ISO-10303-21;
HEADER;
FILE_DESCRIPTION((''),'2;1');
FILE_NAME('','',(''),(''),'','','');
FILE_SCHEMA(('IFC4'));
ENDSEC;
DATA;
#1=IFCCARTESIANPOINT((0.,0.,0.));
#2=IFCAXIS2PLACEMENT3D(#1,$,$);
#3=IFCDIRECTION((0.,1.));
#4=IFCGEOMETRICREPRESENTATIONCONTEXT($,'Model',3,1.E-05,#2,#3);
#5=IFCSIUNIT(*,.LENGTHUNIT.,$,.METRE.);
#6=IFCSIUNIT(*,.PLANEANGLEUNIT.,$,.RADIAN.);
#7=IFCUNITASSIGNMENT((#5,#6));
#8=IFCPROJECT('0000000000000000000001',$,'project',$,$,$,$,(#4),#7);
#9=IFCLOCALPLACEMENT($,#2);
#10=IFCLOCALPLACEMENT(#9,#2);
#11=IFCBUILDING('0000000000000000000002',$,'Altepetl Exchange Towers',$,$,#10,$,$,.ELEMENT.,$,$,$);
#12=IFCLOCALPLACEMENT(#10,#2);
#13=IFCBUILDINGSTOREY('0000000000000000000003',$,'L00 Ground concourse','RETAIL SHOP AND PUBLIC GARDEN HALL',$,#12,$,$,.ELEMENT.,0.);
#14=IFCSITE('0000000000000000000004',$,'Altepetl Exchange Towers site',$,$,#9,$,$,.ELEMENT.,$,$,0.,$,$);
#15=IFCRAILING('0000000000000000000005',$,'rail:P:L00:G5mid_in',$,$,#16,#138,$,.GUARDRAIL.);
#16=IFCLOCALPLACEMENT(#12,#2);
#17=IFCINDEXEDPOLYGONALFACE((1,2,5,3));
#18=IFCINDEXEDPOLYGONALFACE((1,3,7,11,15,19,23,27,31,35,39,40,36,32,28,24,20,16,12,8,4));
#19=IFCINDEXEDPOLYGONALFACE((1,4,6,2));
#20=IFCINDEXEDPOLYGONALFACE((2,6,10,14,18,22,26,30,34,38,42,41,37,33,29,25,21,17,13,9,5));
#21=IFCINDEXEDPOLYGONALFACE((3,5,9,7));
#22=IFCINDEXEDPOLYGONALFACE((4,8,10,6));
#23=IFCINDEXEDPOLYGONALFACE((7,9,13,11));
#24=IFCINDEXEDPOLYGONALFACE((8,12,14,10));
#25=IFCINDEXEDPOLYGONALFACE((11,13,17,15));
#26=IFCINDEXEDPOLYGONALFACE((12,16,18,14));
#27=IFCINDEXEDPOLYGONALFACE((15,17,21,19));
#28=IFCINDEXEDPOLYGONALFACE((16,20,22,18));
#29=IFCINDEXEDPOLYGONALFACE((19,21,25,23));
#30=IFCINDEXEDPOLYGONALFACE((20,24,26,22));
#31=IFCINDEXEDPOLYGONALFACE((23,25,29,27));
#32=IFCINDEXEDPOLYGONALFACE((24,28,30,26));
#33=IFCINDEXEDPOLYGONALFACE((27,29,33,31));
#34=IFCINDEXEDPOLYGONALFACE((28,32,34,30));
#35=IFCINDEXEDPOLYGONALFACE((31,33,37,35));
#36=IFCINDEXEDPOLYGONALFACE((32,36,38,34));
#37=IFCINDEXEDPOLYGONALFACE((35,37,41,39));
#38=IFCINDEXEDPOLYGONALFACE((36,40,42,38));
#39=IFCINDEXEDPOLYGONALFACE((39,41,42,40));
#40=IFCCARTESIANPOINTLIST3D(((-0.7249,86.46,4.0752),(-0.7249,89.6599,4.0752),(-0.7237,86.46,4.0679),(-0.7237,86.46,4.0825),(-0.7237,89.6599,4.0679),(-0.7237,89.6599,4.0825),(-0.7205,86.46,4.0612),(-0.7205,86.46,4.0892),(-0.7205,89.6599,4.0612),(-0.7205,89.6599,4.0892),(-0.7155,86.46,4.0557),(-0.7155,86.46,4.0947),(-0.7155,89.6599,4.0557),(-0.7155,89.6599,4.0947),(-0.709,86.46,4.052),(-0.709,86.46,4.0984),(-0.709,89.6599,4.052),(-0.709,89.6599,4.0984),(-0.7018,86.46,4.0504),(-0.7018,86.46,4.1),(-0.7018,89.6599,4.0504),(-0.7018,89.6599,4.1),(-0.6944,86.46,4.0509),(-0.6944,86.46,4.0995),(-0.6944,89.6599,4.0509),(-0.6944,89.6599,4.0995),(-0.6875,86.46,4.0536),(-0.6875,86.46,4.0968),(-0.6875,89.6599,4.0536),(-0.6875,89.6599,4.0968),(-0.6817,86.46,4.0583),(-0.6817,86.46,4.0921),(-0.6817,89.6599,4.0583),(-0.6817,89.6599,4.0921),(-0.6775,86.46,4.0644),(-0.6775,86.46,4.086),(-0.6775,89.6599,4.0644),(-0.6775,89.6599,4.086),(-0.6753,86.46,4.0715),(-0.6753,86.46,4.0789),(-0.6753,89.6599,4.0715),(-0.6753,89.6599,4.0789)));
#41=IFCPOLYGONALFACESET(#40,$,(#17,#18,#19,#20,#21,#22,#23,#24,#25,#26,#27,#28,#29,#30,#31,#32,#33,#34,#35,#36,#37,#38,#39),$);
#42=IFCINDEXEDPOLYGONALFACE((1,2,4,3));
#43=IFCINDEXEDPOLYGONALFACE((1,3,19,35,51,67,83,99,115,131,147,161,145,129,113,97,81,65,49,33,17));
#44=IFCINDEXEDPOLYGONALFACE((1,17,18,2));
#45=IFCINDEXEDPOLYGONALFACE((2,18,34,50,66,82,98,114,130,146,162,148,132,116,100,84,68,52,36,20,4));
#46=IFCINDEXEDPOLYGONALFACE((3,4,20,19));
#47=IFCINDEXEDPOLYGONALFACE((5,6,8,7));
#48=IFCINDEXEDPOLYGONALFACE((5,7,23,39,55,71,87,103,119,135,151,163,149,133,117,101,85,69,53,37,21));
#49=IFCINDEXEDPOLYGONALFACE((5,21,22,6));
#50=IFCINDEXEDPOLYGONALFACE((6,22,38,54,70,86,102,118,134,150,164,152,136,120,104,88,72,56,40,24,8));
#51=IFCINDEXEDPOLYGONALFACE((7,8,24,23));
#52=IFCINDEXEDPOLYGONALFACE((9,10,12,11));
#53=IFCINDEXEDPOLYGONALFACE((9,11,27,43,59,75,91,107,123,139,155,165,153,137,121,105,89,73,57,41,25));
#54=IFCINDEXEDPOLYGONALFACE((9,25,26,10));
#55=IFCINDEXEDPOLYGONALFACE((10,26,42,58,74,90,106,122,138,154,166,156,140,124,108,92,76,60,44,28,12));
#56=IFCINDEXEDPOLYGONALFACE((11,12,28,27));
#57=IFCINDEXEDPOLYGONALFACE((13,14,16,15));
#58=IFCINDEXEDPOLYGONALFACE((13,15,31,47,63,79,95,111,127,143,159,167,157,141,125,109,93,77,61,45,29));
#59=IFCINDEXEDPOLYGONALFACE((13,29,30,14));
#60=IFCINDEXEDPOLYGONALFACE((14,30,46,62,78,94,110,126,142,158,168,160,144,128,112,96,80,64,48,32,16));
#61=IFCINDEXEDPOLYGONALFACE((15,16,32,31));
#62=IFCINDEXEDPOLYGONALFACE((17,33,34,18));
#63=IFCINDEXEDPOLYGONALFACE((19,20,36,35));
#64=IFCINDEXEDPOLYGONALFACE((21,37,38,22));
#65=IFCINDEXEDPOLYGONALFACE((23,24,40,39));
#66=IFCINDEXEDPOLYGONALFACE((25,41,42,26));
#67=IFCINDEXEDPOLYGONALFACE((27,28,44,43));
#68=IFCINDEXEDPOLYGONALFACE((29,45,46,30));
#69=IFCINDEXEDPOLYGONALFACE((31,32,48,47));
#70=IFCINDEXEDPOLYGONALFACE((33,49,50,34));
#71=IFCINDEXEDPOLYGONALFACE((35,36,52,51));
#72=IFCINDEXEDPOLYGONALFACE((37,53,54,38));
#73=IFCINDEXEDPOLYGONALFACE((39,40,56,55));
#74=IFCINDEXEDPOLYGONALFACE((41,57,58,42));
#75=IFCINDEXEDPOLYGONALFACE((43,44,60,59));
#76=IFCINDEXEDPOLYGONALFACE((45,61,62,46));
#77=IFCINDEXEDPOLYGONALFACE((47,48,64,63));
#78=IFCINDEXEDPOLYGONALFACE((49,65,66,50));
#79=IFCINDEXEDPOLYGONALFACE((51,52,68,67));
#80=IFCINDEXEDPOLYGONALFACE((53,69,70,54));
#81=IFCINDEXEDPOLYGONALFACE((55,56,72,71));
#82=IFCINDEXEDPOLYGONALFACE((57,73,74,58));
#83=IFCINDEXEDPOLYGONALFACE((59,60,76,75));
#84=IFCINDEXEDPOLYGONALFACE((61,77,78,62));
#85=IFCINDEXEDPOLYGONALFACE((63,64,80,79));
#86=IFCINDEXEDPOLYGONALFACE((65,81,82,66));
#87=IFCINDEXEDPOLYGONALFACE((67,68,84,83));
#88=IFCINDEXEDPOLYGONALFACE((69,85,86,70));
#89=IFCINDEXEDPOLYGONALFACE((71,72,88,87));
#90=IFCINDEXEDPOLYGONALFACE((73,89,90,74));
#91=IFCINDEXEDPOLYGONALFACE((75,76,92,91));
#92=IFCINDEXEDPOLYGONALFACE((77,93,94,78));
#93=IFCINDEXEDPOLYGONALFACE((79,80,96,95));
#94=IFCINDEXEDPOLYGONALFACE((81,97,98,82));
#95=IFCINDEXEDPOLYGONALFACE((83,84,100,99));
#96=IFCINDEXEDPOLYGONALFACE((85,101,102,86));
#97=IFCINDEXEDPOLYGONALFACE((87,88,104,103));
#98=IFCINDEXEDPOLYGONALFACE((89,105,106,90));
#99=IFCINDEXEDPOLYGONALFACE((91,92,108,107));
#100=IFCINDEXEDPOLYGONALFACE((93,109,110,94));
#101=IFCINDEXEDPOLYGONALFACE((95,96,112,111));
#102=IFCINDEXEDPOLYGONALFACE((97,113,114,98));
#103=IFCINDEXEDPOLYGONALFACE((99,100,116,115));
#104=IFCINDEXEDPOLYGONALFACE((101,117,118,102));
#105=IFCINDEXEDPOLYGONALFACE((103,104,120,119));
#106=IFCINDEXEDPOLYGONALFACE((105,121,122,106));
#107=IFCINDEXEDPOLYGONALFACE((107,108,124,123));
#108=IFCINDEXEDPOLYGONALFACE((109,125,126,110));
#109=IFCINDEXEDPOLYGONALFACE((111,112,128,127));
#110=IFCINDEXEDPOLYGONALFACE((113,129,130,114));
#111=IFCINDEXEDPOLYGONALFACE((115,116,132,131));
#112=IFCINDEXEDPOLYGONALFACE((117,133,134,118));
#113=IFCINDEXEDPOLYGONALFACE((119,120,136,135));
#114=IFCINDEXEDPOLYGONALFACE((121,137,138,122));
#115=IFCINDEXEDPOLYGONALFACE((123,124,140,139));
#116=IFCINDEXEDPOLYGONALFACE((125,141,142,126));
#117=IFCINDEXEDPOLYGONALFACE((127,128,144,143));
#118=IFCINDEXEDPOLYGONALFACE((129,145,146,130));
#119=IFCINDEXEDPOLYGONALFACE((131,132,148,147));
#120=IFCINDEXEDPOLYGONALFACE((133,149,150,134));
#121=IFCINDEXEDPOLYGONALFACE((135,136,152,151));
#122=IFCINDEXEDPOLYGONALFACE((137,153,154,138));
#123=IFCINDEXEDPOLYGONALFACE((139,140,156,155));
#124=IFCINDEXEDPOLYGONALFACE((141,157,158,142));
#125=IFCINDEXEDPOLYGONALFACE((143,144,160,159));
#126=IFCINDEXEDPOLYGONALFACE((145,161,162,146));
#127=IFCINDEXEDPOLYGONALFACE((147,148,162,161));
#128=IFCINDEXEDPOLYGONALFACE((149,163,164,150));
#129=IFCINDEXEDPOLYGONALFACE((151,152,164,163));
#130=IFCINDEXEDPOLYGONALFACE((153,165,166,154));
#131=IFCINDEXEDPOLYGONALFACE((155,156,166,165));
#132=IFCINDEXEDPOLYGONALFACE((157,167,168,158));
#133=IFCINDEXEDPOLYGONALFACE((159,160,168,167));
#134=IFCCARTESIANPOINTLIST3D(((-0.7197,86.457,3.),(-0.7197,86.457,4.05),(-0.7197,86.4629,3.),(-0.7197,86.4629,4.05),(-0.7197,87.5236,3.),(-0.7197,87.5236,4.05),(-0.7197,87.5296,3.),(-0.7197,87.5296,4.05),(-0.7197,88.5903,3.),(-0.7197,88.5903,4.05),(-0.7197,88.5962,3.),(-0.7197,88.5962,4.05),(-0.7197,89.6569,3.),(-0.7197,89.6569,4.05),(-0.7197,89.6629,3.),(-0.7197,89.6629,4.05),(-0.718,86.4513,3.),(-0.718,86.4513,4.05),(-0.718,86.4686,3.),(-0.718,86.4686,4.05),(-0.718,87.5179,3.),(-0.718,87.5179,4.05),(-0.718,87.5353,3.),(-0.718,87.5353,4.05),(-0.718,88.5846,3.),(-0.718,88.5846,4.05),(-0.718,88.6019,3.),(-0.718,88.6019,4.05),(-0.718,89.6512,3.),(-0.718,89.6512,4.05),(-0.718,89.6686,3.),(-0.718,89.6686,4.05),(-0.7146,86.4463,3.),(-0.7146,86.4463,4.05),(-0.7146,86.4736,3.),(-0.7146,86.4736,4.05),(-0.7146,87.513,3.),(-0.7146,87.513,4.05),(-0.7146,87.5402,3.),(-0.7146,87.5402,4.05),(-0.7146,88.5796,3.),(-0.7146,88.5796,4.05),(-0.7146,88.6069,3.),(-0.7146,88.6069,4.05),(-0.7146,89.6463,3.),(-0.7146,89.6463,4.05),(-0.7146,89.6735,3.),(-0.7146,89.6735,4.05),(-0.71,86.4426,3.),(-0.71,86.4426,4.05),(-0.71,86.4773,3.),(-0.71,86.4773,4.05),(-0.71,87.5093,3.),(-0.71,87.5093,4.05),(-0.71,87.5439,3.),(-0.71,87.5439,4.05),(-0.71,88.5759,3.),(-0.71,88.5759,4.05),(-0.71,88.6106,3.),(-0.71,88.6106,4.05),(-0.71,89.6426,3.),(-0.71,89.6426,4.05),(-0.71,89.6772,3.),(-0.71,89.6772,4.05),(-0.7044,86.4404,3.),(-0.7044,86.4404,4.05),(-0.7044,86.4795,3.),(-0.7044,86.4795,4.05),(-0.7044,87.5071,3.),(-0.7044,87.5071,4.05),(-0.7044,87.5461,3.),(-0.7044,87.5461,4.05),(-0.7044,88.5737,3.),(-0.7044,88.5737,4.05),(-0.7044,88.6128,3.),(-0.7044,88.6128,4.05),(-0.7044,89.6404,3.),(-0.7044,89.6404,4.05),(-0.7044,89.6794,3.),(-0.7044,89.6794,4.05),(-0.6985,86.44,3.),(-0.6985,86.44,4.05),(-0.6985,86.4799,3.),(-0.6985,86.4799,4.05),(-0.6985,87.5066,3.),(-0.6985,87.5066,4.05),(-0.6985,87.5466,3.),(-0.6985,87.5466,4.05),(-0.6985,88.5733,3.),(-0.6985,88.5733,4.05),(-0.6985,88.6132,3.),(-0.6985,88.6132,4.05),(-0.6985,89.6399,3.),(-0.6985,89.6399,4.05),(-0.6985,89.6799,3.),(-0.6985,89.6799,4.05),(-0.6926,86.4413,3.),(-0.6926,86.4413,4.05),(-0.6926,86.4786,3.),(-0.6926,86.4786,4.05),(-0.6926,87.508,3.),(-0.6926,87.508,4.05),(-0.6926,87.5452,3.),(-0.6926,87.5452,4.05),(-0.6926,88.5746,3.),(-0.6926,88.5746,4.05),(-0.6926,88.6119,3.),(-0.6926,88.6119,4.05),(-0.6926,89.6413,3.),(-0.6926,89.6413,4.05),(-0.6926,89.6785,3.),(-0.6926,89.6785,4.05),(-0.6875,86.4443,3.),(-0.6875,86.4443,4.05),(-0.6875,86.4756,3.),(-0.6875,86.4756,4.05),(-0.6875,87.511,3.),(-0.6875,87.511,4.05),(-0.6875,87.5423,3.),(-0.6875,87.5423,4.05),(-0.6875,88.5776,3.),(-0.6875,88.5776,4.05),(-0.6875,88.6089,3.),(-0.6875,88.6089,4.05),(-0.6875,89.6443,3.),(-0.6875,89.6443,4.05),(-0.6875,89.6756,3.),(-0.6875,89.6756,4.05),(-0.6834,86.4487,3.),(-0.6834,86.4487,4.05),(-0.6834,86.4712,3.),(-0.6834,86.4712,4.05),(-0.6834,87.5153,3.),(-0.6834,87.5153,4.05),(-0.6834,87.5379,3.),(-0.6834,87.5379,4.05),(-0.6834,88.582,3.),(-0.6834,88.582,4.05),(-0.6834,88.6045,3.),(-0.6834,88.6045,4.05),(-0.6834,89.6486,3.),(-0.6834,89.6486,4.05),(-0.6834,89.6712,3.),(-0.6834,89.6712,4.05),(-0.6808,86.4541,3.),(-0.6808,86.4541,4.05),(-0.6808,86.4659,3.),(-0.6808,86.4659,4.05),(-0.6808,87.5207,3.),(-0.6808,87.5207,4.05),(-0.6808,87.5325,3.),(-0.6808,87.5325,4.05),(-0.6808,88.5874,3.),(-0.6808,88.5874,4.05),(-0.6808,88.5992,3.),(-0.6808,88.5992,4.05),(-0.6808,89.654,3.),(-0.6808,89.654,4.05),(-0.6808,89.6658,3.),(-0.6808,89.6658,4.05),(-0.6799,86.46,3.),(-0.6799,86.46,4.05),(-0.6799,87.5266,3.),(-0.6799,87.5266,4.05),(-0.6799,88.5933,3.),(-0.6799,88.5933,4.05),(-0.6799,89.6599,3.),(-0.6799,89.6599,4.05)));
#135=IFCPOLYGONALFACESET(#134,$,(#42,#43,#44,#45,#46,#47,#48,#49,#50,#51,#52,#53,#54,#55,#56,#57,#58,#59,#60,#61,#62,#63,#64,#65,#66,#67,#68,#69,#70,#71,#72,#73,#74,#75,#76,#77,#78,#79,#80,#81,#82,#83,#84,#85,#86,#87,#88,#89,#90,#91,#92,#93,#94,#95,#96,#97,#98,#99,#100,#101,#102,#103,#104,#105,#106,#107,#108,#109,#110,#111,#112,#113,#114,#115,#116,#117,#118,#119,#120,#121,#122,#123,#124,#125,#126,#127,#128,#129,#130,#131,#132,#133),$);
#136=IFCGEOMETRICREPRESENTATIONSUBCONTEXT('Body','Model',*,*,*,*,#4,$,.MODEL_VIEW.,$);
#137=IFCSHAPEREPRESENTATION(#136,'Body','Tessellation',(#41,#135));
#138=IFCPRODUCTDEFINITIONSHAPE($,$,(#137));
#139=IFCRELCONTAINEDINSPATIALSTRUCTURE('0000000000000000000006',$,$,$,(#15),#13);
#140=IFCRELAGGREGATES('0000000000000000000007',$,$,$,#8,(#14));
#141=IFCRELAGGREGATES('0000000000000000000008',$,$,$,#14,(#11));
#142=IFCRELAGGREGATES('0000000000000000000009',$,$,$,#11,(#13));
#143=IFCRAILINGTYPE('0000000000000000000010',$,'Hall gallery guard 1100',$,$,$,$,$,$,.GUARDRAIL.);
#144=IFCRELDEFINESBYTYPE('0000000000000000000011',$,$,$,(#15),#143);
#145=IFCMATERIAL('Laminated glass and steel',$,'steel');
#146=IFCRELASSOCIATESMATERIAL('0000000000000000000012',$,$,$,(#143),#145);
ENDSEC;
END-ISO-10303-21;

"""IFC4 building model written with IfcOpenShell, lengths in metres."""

from ifc_helpers import new_model, si_unit, direction, frame, origin, origin_2d, place, context, subcontext, project, spatial, circle, extrude, source, transform, mapped, material, type_object, element, save


model = new_model("IFC4")

# Units and contexts
model_context = context("Model", 3, precision=1e-05, world=origin(), true_north=direction((0.0, 1.0)))
body_context = subcontext(model_context, "Body", "Model", "MODEL_VIEW")
ifc_project = project(units=[si_unit("LENGTHUNIT", "METRE"), si_unit("PLANEANGLEUNIT", "RADIAN")], contexts=[model_context])

# Site, building, storey
site_placement = place(None, origin())
site = spatial("IfcSite", under=ifc_project, at=site_placement, Name="Altepetl Exchange Towers site", CompositionType="ELEMENT", RefElevation=0.0)
building_placement = place(site_placement, origin())
building = spatial("IfcBuilding", under=site, at=building_placement, Name="Altepetl Exchange Towers", CompositionType="ELEMENT")
storey_placement = place(building_placement, origin())
storey = spatial("IfcBuildingStorey", under=building, at=storey_placement, Name="L00 Ground concourse", Description="RETAIL SHOP AND PUBLIC GARDEN HALL", CompositionType="ELEMENT", Elevation=0.0)

# Railing
ifc_material_1 = material(Name="Laminated glass and steel", Category="steel")
railing_type_1 = type_object("IfcRailingType", Name="Hall gallery guard 1100", PredefinedType="GUARDRAIL", material=ifc_material_1)
shared_shape_1 = source(origin(), body_context, "Body", "SweptSolid", [
    extrude(circle(Radius=0.02, at=origin_2d()), origin(), (0.0, 0.0, 1.0), 1.05),
])
for number, where, name in (
    (1, (-0.7, 86.46, 3.0), "rail:P:L00:G5mid_in"),
):
    element("IfcRailing", number, at=place(storey_placement, frame(where)), inside=storey, type_object=railing_type_1, Name=name, PredefinedType="GUARDRAIL", context=body_context, shape_type="SweptSolid", body=[
        extrude(circle(Radius=0.0249, at=origin_2d()), frame((0.0, 0.0, 1.0752), z_axis=(0.0, 1.0, 0.0), x_axis=(-1.0, 0.0, 0.0)), (0.0, 0.0, 1.0), 3.2),
        mapped(shared_shape_1, transform((0.0, 0.0, 0.0))),
        mapped(shared_shape_1, transform((0.0, 1.0667, 0.0))),
        mapped(shared_shape_1, transform((0.0, 2.1333, 0.0))),
        mapped(shared_shape_1, transform((0.0, 3.2, 0.0))),
    ])

save(model, "model.ifc")
